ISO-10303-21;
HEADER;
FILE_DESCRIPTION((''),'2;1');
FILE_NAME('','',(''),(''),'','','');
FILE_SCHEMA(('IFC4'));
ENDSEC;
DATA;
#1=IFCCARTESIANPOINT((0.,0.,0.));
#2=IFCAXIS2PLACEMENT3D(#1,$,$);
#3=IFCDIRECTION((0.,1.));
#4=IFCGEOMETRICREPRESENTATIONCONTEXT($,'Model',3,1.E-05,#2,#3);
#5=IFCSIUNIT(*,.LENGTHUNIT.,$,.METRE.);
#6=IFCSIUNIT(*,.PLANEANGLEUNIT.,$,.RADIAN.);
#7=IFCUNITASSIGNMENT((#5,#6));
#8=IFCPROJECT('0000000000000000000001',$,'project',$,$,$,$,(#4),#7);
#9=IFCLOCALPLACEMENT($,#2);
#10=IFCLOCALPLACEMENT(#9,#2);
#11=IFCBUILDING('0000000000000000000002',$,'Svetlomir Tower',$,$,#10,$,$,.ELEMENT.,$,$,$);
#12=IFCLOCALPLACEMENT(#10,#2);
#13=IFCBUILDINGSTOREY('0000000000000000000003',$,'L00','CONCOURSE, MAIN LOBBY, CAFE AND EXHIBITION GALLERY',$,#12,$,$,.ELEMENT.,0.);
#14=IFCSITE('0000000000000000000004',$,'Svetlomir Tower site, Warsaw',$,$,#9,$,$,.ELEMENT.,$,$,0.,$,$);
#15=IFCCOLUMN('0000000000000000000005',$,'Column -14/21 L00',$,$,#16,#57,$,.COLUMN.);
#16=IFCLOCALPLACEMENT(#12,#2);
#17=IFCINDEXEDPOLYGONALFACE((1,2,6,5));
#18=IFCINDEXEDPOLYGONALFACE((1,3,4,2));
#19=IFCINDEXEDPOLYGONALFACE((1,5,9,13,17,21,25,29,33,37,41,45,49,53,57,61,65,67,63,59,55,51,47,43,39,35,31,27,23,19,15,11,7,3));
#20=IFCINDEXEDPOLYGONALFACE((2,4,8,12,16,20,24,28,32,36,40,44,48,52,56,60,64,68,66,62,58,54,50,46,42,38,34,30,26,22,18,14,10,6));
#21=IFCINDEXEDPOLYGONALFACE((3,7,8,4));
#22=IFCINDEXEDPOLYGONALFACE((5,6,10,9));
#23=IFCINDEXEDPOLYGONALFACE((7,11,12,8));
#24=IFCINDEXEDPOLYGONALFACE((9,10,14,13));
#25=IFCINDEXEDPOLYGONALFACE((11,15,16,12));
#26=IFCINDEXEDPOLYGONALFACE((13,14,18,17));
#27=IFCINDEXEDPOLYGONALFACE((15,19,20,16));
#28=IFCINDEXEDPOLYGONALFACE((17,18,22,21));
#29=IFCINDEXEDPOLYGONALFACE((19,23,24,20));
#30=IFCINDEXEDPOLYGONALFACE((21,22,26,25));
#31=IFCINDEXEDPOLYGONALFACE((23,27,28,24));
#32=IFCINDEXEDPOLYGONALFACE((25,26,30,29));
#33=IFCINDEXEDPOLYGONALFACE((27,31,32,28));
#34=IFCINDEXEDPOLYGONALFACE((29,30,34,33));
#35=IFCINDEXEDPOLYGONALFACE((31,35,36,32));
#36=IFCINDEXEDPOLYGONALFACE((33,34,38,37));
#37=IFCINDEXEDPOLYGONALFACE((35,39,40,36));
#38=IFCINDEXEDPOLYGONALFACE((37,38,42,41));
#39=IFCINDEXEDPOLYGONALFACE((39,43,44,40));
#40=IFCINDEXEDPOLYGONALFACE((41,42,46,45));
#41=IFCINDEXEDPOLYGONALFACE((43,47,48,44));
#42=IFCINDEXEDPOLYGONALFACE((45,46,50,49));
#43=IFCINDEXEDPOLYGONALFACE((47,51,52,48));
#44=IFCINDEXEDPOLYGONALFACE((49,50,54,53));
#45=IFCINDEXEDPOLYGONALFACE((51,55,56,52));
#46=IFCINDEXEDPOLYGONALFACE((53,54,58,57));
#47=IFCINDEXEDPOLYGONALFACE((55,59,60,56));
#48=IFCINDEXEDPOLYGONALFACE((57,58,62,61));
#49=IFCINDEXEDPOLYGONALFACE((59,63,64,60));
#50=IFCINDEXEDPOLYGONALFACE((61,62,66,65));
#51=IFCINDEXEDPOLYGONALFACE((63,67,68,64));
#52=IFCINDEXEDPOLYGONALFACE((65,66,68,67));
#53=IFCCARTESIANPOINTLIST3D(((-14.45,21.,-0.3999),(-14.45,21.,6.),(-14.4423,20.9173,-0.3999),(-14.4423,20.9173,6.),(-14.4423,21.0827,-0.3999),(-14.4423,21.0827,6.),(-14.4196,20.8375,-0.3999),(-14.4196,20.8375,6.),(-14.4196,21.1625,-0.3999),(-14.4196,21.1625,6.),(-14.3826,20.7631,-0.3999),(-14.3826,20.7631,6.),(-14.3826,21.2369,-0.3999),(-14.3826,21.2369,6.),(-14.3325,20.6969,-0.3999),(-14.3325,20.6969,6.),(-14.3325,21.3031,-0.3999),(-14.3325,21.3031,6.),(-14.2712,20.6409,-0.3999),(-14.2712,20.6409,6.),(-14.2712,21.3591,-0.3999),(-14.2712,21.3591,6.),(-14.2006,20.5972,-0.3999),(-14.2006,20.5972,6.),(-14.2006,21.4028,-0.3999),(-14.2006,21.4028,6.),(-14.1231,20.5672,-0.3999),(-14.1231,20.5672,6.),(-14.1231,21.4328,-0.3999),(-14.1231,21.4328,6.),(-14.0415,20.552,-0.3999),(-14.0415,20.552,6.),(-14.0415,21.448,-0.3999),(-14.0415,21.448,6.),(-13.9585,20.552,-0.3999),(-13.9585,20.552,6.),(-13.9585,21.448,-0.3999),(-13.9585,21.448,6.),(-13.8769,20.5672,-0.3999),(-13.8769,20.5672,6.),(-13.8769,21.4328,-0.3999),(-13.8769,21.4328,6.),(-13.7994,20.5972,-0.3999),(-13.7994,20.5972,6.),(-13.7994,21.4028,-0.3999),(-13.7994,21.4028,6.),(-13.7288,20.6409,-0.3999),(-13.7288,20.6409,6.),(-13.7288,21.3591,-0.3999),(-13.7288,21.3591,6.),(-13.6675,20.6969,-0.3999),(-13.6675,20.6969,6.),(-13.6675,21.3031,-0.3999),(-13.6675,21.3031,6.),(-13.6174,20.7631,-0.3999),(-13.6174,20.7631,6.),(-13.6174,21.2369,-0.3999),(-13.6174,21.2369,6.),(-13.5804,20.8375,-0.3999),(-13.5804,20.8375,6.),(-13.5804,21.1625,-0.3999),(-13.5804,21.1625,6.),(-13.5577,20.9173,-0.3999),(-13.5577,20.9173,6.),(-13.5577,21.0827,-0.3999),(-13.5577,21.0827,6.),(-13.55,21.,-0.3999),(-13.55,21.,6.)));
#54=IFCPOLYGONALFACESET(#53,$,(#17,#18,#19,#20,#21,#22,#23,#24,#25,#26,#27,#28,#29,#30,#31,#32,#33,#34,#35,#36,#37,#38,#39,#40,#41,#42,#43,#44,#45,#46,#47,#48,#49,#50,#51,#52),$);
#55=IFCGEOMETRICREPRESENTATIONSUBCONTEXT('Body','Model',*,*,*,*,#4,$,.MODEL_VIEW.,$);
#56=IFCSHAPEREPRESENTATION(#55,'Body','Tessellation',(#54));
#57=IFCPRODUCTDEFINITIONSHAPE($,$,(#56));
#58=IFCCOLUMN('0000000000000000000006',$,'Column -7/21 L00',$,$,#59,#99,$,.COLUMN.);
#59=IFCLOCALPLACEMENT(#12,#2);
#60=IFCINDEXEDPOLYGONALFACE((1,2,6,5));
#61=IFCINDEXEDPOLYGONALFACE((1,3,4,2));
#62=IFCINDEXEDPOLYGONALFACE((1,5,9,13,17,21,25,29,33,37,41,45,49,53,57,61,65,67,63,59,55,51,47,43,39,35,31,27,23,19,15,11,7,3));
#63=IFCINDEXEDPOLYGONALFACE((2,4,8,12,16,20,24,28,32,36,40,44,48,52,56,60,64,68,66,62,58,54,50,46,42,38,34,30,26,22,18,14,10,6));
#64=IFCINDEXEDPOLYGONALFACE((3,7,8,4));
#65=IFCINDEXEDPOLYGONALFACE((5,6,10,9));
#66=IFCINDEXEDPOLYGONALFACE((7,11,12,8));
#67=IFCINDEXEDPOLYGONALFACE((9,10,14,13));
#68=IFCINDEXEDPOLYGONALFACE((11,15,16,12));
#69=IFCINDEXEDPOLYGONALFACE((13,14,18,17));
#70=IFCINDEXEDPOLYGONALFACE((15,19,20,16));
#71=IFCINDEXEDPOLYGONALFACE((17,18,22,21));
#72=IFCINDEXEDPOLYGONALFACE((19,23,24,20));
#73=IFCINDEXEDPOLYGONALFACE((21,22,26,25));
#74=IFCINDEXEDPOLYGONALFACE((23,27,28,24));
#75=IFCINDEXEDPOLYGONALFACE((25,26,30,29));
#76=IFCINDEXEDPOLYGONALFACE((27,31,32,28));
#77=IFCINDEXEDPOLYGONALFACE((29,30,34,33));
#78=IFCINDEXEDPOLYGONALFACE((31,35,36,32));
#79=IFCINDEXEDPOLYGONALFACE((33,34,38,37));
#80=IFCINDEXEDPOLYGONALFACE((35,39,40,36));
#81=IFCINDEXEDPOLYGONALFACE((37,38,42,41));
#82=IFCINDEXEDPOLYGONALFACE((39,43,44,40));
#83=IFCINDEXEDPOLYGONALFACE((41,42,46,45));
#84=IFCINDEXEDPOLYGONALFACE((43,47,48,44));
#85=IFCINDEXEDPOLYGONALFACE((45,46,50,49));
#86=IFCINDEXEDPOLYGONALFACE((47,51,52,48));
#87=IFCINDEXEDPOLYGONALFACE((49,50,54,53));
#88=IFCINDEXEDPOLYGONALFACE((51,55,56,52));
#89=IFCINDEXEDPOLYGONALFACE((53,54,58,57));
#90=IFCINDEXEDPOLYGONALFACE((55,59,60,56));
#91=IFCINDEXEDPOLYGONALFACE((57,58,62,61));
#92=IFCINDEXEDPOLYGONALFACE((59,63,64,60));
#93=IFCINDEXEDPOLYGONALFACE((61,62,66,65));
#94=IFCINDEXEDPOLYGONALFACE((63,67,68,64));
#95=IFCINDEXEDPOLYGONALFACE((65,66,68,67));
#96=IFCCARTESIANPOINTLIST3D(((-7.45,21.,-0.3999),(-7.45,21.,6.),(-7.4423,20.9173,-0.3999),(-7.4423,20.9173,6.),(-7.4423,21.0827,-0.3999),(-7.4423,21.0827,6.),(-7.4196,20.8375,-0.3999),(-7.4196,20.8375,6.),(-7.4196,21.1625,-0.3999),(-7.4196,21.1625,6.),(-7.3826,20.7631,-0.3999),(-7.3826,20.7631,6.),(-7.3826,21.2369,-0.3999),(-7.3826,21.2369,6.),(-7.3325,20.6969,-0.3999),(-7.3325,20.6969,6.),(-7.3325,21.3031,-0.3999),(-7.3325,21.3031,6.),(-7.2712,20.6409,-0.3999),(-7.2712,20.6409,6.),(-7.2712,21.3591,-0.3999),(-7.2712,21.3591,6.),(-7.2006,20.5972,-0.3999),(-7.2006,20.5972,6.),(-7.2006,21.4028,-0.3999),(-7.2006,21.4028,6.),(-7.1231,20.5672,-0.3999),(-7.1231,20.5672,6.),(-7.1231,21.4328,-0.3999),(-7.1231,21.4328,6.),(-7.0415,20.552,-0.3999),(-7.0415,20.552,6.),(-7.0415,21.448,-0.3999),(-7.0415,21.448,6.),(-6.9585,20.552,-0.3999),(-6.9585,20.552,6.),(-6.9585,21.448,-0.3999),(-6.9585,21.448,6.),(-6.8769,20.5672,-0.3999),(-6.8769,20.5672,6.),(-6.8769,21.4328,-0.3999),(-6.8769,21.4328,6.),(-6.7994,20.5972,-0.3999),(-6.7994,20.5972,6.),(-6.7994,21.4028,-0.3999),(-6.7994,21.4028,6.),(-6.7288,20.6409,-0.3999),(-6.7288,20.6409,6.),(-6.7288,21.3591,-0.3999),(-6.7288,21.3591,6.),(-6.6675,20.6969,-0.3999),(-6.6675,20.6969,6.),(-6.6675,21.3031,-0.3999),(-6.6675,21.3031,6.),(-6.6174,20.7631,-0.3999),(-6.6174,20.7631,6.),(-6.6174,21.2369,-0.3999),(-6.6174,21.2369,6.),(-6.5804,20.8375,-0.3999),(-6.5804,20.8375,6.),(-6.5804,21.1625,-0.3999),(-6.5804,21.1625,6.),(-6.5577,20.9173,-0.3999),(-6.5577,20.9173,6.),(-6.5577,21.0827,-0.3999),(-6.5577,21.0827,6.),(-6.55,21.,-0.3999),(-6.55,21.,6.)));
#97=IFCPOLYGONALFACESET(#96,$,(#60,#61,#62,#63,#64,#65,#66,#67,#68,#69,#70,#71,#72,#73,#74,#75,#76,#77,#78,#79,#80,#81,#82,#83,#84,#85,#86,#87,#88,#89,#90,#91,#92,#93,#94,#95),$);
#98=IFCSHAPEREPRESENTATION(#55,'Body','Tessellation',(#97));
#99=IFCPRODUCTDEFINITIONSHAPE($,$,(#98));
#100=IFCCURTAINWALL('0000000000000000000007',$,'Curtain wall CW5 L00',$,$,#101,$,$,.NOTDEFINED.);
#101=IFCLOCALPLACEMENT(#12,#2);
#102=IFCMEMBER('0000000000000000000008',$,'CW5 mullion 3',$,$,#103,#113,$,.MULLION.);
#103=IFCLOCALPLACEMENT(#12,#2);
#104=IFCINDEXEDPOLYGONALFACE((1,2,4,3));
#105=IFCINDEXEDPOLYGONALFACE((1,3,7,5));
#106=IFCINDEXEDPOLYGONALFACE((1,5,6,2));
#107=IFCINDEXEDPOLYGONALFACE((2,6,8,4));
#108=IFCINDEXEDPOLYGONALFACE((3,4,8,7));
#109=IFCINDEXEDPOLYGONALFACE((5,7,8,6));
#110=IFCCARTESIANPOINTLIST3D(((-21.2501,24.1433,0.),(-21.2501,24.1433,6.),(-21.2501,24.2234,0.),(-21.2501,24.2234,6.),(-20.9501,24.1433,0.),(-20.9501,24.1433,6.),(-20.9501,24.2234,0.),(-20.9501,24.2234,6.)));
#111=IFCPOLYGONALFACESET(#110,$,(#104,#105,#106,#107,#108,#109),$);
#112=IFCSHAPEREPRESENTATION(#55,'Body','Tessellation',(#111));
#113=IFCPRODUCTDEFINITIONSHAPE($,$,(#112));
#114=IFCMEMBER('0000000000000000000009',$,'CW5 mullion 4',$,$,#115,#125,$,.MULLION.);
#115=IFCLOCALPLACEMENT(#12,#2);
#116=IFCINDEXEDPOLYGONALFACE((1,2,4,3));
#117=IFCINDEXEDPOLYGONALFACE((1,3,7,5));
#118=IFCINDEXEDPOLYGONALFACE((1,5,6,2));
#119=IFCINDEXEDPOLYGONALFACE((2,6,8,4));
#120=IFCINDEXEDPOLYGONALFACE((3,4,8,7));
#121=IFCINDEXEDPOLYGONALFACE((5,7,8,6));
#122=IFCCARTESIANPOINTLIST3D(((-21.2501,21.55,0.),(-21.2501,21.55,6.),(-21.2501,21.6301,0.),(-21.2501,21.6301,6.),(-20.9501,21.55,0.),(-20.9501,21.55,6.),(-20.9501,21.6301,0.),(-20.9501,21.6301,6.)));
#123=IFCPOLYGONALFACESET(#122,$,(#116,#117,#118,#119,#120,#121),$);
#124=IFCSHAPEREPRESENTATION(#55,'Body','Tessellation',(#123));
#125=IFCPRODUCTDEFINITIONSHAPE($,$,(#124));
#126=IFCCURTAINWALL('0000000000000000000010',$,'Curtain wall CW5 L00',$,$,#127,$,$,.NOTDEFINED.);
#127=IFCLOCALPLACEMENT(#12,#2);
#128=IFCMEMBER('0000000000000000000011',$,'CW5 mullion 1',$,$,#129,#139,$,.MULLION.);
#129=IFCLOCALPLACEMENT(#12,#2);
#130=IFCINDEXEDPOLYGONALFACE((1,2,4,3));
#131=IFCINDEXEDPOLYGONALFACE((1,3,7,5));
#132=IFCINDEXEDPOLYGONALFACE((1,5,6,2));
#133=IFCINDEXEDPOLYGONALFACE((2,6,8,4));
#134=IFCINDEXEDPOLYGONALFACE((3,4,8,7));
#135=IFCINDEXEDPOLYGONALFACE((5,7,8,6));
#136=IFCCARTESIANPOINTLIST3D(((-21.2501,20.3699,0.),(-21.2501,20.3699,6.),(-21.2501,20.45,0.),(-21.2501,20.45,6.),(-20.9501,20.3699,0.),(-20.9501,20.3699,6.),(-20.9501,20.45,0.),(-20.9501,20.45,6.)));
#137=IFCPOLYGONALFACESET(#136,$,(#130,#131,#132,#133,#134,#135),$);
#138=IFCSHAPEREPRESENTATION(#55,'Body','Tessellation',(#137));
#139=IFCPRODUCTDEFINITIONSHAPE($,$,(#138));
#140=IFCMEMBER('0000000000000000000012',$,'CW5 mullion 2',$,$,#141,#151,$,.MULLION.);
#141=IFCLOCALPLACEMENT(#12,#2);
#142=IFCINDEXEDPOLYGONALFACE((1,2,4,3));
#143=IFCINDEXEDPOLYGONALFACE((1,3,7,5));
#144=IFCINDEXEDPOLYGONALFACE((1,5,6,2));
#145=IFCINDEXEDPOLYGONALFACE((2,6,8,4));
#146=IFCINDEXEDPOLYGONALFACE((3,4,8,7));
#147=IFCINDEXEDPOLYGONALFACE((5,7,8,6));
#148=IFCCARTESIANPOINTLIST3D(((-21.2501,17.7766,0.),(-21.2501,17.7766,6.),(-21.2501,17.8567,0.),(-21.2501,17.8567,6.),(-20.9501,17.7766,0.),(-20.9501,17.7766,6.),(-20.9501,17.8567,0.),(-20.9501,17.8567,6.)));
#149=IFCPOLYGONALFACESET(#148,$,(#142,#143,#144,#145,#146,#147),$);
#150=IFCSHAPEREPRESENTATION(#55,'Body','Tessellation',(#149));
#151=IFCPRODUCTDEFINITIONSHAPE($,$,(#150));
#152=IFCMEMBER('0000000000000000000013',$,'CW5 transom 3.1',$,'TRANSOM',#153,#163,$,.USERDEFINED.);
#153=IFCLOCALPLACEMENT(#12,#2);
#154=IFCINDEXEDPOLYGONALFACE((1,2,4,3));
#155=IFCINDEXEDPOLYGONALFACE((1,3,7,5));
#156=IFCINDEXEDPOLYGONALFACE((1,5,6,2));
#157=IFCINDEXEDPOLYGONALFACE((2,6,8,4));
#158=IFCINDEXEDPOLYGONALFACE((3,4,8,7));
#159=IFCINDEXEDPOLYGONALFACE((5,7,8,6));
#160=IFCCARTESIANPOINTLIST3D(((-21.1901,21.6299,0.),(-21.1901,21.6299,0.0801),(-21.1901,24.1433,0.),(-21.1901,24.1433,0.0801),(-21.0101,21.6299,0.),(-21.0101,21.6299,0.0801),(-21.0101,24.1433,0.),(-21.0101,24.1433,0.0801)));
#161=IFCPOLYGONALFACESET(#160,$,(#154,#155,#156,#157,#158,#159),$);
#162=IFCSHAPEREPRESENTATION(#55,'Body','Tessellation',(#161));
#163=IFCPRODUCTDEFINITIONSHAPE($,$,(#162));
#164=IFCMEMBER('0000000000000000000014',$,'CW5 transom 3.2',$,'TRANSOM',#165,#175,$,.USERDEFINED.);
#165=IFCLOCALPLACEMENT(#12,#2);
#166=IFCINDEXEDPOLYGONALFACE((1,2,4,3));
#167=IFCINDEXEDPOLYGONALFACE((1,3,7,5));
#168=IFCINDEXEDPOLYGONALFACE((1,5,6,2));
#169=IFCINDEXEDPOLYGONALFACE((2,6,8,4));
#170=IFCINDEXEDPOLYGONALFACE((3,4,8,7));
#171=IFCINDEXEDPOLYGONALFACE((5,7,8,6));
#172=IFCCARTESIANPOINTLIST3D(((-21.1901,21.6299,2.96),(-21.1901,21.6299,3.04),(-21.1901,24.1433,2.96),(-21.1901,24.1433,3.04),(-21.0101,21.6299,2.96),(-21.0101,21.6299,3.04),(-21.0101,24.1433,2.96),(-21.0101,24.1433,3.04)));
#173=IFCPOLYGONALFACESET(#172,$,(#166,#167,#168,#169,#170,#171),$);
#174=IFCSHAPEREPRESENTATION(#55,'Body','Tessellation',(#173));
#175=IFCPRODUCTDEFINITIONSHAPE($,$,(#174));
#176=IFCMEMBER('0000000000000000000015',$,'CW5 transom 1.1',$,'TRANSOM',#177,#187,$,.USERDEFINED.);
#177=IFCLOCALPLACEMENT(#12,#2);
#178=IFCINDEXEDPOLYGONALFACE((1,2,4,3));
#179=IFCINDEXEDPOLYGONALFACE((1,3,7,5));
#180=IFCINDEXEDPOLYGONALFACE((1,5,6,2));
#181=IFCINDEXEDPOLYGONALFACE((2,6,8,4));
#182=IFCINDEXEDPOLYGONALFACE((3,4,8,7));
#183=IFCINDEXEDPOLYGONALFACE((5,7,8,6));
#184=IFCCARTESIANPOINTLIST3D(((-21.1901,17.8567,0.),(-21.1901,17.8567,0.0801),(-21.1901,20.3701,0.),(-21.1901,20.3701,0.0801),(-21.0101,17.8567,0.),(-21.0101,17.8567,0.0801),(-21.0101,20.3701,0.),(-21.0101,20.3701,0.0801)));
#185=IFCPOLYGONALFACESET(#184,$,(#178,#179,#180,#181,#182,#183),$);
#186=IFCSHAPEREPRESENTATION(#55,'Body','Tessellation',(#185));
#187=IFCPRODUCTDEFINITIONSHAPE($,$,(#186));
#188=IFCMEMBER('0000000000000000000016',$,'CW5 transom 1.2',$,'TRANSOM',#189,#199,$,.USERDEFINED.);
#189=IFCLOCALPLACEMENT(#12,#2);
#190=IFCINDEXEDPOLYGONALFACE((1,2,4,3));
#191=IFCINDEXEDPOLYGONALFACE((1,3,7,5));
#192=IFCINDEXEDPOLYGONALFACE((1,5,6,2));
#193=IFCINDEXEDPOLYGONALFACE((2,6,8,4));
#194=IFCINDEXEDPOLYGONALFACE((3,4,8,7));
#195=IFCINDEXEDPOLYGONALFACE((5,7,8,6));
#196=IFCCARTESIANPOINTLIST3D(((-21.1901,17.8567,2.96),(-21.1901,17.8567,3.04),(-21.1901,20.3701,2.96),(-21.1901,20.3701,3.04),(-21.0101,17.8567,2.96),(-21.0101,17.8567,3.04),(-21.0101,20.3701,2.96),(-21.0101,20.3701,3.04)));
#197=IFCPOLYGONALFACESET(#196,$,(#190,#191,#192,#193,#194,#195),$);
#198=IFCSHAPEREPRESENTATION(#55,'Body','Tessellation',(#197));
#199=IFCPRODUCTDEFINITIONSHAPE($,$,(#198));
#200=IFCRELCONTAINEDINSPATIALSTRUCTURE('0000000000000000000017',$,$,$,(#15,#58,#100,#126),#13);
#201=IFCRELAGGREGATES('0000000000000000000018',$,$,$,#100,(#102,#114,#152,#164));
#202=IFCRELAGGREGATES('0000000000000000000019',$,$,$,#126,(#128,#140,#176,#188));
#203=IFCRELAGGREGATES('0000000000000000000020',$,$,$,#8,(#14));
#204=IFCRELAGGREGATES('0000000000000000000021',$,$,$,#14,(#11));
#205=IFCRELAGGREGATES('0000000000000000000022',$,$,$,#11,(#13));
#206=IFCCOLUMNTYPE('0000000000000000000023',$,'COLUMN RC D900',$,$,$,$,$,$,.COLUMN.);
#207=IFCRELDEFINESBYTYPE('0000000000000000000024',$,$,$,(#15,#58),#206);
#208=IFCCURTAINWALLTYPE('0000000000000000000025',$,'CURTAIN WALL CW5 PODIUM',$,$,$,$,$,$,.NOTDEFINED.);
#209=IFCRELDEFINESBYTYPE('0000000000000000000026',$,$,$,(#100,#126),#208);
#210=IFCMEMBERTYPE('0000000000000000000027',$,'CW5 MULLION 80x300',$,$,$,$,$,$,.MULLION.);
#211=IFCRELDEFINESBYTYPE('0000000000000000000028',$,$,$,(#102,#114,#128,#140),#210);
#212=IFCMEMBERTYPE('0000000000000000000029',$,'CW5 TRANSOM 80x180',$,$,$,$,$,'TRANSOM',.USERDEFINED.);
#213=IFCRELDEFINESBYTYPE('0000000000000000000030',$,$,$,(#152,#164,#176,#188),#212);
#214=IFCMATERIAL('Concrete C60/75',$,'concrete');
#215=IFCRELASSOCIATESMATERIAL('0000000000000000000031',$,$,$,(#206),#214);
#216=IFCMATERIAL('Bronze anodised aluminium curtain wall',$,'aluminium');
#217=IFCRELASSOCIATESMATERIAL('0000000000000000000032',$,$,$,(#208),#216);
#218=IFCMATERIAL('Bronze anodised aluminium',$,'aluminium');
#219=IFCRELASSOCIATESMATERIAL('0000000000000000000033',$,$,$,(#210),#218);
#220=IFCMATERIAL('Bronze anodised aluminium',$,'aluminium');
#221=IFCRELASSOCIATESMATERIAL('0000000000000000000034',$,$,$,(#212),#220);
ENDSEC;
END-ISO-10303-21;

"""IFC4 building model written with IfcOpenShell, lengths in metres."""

from ifc_helpers import new_model, si_unit, direction, frame, origin, origin_2d, place, context, subcontext, project, spatial, rectangle, circle, extrude, material, material_profile, profile_set, type_object, element, aggregate, save


model = new_model("IFC4")

# Units and contexts
model_context = context("Model", 3, precision=1e-05, world=origin(), true_north=direction((0.0, 1.0)))
body_context = subcontext(model_context, "Body", "Model", "MODEL_VIEW")
ifc_project = project(units=[si_unit("LENGTHUNIT", "METRE"), si_unit("PLANEANGLEUNIT", "RADIAN")], contexts=[model_context])

# Site, building, storey
site_placement = place(None, origin())
site = spatial("IfcSite", under=ifc_project, at=site_placement, Name="Svetlomir Tower site, Warsaw", CompositionType="ELEMENT", RefElevation=0.0)
building_placement = place(site_placement, origin())
building = spatial("IfcBuilding", under=site, at=building_placement, Name="Svetlomir Tower", CompositionType="ELEMENT")
storey_placement = place(building_placement, origin())
storey = spatial("IfcBuildingStorey", under=building, at=storey_placement, Name="L00", Description="CONCOURSE, MAIN LOBBY, CAFE AND EXHIBITION GALLERY", CompositionType="ELEMENT", Elevation=0.0)

# Columns
ifc_material_1 = material(Name="Concrete C60/75", Category="concrete")
ifc_material_profile_1 = material_profile(ifc_material_1, circle(Radius=0.45, at=origin_2d()), Name="RC D900")
ifc_profile_set_1 = profile_set([ifc_material_profile_1], Name="Concrete C60/75")
column_type_1 = type_object("IfcColumnType", Name="COLUMN RC D900", PredefinedType="COLUMN", material=ifc_profile_set_1)
for number, where, z_axis, x_axis, name in (
    (1, (-14.0, 21.0, -0.3999), (0.0, 0.0, 1.0), (1.0, 0.0, 0.0), "Column -14/21 L00"),
    (2, (-7.0, 21.0, -0.3999), (0.0, 0.0, 1.0), (1.0, 0.0, 0.0), "Column -7/21 L00"),
):
    element("IfcColumn", number, at=place(storey_placement, frame(where, z_axis=z_axis, x_axis=x_axis)), inside=storey, type_object=column_type_1, Name=name, PredefinedType="COLUMN", context=body_context, shape_type="SweptSolid", body=[
        extrude(circle(Radius=0.45, at=origin_2d()), origin(), (0.0, 0.0, 1.0), 6.3999),
    ])

# Curtain walls, members
ifc_material_2 = material(Name="Bronze anodised aluminium curtain wall", Category="aluminium")
curtain_wall_type = type_object("IfcCurtainWallType", Name="CURTAIN WALL CW5 PODIUM", PredefinedType="NOTDEFINED", material=ifc_material_2)
curtain_wall_1_placement = place(storey_placement, origin())
curtain_wall_1 = element("IfcCurtainWall", 3, at=curtain_wall_1_placement, inside=storey, type_object=curtain_wall_type, Name="Curtain wall CW5 L00", PredefinedType="NOTDEFINED")
ifc_material_3 = material(Name="Bronze anodised aluminium", Category="aluminium")
ifc_material_profile_2 = material_profile(ifc_material_3, rectangle(XDim=0.0801, YDim=0.3, at=origin_2d()), Name="AL 80x300")
ifc_profile_set_2 = profile_set([ifc_material_profile_2], Name="Bronze anodised aluminium 6063-T6")
member_type_1 = type_object("IfcMemberType", Name="CW5 MULLION 80x300", PredefinedType="MULLION", material=ifc_profile_set_2)
member_1_placement = place(storey_placement, frame((-21.1001, 24.1833, 0.0), z_axis=(0.0, 0.0, 1.0), x_axis=(0.0, -1.0, 0.0)))
member_1 = element("IfcMember", 4, at=member_1_placement, type_object=member_type_1, Name="CW5 mullion 3", PredefinedType="MULLION", context=body_context, shape_type="SweptSolid", body=[
    extrude(rectangle(XDim=0.0801, YDim=0.3, at=origin_2d()), origin(), (0.0, 0.0, 1.0), 6.0),
])
member_2_placement = place(storey_placement, frame((-21.1001, 21.5901, 0.0), z_axis=(0.0, 0.0, 1.0), x_axis=(0.0, -1.0, 0.0)))
member_2 = element("IfcMember", 5, at=member_2_placement, type_object=member_type_1, Name="CW5 mullion 4", PredefinedType="MULLION", context=body_context, shape_type="SweptSolid", body=[
    extrude(rectangle(XDim=0.0801, YDim=0.3, at=origin_2d()), origin(), (0.0, 0.0, 1.0), 6.0),
])
curtain_wall_2_placement = place(storey_placement, origin())
curtain_wall_2 = element("IfcCurtainWall", 6, at=curtain_wall_2_placement, inside=storey, type_object=curtain_wall_type, Name="Curtain wall CW5 L00", PredefinedType="NOTDEFINED")
member_3_placement = place(storey_placement, frame((-21.1001, 20.4099, 0.0), z_axis=(0.0, 0.0, 1.0), x_axis=(0.0, -1.0, 0.0)))
member_3 = element("IfcMember", 7, at=member_3_placement, type_object=member_type_1, Name="CW5 mullion 1", PredefinedType="MULLION", context=body_context, shape_type="SweptSolid", body=[
    extrude(rectangle(XDim=0.0801, YDim=0.3, at=origin_2d()), origin(), (0.0, 0.0, 1.0), 6.0),
])
member_4_placement = place(storey_placement, frame((-21.1001, 17.8167, 0.0), z_axis=(0.0, 0.0, 1.0), x_axis=(0.0, -1.0, 0.0)))
member_4 = element("IfcMember", 8, at=member_4_placement, type_object=member_type_1, Name="CW5 mullion 2", PredefinedType="MULLION", context=body_context, shape_type="SweptSolid", body=[
    extrude(rectangle(XDim=0.0801, YDim=0.3, at=origin_2d()), origin(), (0.0, 0.0, 1.0), 6.0),
])

# Members
ifc_material_4 = material(Name="Bronze anodised aluminium", Category="aluminium")
ifc_material_profile_3 = material_profile(ifc_material_4, rectangle(XDim=0.1799, YDim=0.0801, at=origin_2d()), Name="AL 180x80")
ifc_profile_set_3 = profile_set([ifc_material_profile_3], Name="Bronze anodised aluminium 6063-T6")
member_type_2 = type_object("IfcMemberType", Name="CW5 TRANSOM 80x180", ElementType="TRANSOM", PredefinedType="USERDEFINED", material=ifc_profile_set_3)
member_5_placement = place(storey_placement, frame((-21.1001, 24.1433, 0.04), z_axis=(0.0, -1.0, 0.0), x_axis=(1.0, 0.0, 0.0)))
member_5 = element("IfcMember", 9, at=member_5_placement, type_object=member_type_2, Name="CW5 transom 3.1", ObjectType="TRANSOM", PredefinedType="USERDEFINED", context=body_context, shape_type="SweptSolid", body=[
    extrude(rectangle(XDim=0.1799, YDim=0.0801, at=origin_2d()), origin(), (0.0, 0.0, 1.0), 2.5134),
])
member_6_placement = place(storey_placement, frame((-21.1001, 24.1433, 3.0), z_axis=(0.0, -1.0, 0.0), x_axis=(1.0, 0.0, 0.0)))
member_6 = element("IfcMember", 10, at=member_6_placement, type_object=member_type_2, Name="CW5 transom 3.2", ObjectType="TRANSOM", PredefinedType="USERDEFINED", context=body_context, shape_type="SweptSolid", body=[
    extrude(rectangle(XDim=0.1799, YDim=0.0801, at=origin_2d()), origin(), (0.0, 0.0, 1.0), 2.5134),
])
member_7_placement = place(storey_placement, frame((-21.1001, 20.3701, 0.04), z_axis=(0.0, -1.0, 0.0), x_axis=(1.0, 0.0, 0.0)))
member_7 = element("IfcMember", 11, at=member_7_placement, type_object=member_type_2, Name="CW5 transom 1.1", ObjectType="TRANSOM", PredefinedType="USERDEFINED", context=body_context, shape_type="SweptSolid", body=[
    extrude(rectangle(XDim=0.1799, YDim=0.0801, at=origin_2d()), origin(), (0.0, 0.0, 1.0), 2.5134),
])
member_8_placement = place(storey_placement, frame((-21.1001, 20.3701, 3.0), z_axis=(0.0, -1.0, 0.0), x_axis=(1.0, 0.0, 0.0)))
member_8 = element("IfcMember", 12, at=member_8_placement, type_object=member_type_2, Name="CW5 transom 1.2", ObjectType="TRANSOM", PredefinedType="USERDEFINED", context=body_context, shape_type="SweptSolid", body=[
    extrude(rectangle(XDim=0.1799, YDim=0.0801, at=origin_2d()), origin(), (0.0, 0.0, 1.0), 2.5134),
])

aggregate(curtain_wall_1, [member_1, member_2, member_5, member_6])
aggregate(curtain_wall_2, [member_3, member_4, member_7, member_8])

save(model, "model.ifc")
